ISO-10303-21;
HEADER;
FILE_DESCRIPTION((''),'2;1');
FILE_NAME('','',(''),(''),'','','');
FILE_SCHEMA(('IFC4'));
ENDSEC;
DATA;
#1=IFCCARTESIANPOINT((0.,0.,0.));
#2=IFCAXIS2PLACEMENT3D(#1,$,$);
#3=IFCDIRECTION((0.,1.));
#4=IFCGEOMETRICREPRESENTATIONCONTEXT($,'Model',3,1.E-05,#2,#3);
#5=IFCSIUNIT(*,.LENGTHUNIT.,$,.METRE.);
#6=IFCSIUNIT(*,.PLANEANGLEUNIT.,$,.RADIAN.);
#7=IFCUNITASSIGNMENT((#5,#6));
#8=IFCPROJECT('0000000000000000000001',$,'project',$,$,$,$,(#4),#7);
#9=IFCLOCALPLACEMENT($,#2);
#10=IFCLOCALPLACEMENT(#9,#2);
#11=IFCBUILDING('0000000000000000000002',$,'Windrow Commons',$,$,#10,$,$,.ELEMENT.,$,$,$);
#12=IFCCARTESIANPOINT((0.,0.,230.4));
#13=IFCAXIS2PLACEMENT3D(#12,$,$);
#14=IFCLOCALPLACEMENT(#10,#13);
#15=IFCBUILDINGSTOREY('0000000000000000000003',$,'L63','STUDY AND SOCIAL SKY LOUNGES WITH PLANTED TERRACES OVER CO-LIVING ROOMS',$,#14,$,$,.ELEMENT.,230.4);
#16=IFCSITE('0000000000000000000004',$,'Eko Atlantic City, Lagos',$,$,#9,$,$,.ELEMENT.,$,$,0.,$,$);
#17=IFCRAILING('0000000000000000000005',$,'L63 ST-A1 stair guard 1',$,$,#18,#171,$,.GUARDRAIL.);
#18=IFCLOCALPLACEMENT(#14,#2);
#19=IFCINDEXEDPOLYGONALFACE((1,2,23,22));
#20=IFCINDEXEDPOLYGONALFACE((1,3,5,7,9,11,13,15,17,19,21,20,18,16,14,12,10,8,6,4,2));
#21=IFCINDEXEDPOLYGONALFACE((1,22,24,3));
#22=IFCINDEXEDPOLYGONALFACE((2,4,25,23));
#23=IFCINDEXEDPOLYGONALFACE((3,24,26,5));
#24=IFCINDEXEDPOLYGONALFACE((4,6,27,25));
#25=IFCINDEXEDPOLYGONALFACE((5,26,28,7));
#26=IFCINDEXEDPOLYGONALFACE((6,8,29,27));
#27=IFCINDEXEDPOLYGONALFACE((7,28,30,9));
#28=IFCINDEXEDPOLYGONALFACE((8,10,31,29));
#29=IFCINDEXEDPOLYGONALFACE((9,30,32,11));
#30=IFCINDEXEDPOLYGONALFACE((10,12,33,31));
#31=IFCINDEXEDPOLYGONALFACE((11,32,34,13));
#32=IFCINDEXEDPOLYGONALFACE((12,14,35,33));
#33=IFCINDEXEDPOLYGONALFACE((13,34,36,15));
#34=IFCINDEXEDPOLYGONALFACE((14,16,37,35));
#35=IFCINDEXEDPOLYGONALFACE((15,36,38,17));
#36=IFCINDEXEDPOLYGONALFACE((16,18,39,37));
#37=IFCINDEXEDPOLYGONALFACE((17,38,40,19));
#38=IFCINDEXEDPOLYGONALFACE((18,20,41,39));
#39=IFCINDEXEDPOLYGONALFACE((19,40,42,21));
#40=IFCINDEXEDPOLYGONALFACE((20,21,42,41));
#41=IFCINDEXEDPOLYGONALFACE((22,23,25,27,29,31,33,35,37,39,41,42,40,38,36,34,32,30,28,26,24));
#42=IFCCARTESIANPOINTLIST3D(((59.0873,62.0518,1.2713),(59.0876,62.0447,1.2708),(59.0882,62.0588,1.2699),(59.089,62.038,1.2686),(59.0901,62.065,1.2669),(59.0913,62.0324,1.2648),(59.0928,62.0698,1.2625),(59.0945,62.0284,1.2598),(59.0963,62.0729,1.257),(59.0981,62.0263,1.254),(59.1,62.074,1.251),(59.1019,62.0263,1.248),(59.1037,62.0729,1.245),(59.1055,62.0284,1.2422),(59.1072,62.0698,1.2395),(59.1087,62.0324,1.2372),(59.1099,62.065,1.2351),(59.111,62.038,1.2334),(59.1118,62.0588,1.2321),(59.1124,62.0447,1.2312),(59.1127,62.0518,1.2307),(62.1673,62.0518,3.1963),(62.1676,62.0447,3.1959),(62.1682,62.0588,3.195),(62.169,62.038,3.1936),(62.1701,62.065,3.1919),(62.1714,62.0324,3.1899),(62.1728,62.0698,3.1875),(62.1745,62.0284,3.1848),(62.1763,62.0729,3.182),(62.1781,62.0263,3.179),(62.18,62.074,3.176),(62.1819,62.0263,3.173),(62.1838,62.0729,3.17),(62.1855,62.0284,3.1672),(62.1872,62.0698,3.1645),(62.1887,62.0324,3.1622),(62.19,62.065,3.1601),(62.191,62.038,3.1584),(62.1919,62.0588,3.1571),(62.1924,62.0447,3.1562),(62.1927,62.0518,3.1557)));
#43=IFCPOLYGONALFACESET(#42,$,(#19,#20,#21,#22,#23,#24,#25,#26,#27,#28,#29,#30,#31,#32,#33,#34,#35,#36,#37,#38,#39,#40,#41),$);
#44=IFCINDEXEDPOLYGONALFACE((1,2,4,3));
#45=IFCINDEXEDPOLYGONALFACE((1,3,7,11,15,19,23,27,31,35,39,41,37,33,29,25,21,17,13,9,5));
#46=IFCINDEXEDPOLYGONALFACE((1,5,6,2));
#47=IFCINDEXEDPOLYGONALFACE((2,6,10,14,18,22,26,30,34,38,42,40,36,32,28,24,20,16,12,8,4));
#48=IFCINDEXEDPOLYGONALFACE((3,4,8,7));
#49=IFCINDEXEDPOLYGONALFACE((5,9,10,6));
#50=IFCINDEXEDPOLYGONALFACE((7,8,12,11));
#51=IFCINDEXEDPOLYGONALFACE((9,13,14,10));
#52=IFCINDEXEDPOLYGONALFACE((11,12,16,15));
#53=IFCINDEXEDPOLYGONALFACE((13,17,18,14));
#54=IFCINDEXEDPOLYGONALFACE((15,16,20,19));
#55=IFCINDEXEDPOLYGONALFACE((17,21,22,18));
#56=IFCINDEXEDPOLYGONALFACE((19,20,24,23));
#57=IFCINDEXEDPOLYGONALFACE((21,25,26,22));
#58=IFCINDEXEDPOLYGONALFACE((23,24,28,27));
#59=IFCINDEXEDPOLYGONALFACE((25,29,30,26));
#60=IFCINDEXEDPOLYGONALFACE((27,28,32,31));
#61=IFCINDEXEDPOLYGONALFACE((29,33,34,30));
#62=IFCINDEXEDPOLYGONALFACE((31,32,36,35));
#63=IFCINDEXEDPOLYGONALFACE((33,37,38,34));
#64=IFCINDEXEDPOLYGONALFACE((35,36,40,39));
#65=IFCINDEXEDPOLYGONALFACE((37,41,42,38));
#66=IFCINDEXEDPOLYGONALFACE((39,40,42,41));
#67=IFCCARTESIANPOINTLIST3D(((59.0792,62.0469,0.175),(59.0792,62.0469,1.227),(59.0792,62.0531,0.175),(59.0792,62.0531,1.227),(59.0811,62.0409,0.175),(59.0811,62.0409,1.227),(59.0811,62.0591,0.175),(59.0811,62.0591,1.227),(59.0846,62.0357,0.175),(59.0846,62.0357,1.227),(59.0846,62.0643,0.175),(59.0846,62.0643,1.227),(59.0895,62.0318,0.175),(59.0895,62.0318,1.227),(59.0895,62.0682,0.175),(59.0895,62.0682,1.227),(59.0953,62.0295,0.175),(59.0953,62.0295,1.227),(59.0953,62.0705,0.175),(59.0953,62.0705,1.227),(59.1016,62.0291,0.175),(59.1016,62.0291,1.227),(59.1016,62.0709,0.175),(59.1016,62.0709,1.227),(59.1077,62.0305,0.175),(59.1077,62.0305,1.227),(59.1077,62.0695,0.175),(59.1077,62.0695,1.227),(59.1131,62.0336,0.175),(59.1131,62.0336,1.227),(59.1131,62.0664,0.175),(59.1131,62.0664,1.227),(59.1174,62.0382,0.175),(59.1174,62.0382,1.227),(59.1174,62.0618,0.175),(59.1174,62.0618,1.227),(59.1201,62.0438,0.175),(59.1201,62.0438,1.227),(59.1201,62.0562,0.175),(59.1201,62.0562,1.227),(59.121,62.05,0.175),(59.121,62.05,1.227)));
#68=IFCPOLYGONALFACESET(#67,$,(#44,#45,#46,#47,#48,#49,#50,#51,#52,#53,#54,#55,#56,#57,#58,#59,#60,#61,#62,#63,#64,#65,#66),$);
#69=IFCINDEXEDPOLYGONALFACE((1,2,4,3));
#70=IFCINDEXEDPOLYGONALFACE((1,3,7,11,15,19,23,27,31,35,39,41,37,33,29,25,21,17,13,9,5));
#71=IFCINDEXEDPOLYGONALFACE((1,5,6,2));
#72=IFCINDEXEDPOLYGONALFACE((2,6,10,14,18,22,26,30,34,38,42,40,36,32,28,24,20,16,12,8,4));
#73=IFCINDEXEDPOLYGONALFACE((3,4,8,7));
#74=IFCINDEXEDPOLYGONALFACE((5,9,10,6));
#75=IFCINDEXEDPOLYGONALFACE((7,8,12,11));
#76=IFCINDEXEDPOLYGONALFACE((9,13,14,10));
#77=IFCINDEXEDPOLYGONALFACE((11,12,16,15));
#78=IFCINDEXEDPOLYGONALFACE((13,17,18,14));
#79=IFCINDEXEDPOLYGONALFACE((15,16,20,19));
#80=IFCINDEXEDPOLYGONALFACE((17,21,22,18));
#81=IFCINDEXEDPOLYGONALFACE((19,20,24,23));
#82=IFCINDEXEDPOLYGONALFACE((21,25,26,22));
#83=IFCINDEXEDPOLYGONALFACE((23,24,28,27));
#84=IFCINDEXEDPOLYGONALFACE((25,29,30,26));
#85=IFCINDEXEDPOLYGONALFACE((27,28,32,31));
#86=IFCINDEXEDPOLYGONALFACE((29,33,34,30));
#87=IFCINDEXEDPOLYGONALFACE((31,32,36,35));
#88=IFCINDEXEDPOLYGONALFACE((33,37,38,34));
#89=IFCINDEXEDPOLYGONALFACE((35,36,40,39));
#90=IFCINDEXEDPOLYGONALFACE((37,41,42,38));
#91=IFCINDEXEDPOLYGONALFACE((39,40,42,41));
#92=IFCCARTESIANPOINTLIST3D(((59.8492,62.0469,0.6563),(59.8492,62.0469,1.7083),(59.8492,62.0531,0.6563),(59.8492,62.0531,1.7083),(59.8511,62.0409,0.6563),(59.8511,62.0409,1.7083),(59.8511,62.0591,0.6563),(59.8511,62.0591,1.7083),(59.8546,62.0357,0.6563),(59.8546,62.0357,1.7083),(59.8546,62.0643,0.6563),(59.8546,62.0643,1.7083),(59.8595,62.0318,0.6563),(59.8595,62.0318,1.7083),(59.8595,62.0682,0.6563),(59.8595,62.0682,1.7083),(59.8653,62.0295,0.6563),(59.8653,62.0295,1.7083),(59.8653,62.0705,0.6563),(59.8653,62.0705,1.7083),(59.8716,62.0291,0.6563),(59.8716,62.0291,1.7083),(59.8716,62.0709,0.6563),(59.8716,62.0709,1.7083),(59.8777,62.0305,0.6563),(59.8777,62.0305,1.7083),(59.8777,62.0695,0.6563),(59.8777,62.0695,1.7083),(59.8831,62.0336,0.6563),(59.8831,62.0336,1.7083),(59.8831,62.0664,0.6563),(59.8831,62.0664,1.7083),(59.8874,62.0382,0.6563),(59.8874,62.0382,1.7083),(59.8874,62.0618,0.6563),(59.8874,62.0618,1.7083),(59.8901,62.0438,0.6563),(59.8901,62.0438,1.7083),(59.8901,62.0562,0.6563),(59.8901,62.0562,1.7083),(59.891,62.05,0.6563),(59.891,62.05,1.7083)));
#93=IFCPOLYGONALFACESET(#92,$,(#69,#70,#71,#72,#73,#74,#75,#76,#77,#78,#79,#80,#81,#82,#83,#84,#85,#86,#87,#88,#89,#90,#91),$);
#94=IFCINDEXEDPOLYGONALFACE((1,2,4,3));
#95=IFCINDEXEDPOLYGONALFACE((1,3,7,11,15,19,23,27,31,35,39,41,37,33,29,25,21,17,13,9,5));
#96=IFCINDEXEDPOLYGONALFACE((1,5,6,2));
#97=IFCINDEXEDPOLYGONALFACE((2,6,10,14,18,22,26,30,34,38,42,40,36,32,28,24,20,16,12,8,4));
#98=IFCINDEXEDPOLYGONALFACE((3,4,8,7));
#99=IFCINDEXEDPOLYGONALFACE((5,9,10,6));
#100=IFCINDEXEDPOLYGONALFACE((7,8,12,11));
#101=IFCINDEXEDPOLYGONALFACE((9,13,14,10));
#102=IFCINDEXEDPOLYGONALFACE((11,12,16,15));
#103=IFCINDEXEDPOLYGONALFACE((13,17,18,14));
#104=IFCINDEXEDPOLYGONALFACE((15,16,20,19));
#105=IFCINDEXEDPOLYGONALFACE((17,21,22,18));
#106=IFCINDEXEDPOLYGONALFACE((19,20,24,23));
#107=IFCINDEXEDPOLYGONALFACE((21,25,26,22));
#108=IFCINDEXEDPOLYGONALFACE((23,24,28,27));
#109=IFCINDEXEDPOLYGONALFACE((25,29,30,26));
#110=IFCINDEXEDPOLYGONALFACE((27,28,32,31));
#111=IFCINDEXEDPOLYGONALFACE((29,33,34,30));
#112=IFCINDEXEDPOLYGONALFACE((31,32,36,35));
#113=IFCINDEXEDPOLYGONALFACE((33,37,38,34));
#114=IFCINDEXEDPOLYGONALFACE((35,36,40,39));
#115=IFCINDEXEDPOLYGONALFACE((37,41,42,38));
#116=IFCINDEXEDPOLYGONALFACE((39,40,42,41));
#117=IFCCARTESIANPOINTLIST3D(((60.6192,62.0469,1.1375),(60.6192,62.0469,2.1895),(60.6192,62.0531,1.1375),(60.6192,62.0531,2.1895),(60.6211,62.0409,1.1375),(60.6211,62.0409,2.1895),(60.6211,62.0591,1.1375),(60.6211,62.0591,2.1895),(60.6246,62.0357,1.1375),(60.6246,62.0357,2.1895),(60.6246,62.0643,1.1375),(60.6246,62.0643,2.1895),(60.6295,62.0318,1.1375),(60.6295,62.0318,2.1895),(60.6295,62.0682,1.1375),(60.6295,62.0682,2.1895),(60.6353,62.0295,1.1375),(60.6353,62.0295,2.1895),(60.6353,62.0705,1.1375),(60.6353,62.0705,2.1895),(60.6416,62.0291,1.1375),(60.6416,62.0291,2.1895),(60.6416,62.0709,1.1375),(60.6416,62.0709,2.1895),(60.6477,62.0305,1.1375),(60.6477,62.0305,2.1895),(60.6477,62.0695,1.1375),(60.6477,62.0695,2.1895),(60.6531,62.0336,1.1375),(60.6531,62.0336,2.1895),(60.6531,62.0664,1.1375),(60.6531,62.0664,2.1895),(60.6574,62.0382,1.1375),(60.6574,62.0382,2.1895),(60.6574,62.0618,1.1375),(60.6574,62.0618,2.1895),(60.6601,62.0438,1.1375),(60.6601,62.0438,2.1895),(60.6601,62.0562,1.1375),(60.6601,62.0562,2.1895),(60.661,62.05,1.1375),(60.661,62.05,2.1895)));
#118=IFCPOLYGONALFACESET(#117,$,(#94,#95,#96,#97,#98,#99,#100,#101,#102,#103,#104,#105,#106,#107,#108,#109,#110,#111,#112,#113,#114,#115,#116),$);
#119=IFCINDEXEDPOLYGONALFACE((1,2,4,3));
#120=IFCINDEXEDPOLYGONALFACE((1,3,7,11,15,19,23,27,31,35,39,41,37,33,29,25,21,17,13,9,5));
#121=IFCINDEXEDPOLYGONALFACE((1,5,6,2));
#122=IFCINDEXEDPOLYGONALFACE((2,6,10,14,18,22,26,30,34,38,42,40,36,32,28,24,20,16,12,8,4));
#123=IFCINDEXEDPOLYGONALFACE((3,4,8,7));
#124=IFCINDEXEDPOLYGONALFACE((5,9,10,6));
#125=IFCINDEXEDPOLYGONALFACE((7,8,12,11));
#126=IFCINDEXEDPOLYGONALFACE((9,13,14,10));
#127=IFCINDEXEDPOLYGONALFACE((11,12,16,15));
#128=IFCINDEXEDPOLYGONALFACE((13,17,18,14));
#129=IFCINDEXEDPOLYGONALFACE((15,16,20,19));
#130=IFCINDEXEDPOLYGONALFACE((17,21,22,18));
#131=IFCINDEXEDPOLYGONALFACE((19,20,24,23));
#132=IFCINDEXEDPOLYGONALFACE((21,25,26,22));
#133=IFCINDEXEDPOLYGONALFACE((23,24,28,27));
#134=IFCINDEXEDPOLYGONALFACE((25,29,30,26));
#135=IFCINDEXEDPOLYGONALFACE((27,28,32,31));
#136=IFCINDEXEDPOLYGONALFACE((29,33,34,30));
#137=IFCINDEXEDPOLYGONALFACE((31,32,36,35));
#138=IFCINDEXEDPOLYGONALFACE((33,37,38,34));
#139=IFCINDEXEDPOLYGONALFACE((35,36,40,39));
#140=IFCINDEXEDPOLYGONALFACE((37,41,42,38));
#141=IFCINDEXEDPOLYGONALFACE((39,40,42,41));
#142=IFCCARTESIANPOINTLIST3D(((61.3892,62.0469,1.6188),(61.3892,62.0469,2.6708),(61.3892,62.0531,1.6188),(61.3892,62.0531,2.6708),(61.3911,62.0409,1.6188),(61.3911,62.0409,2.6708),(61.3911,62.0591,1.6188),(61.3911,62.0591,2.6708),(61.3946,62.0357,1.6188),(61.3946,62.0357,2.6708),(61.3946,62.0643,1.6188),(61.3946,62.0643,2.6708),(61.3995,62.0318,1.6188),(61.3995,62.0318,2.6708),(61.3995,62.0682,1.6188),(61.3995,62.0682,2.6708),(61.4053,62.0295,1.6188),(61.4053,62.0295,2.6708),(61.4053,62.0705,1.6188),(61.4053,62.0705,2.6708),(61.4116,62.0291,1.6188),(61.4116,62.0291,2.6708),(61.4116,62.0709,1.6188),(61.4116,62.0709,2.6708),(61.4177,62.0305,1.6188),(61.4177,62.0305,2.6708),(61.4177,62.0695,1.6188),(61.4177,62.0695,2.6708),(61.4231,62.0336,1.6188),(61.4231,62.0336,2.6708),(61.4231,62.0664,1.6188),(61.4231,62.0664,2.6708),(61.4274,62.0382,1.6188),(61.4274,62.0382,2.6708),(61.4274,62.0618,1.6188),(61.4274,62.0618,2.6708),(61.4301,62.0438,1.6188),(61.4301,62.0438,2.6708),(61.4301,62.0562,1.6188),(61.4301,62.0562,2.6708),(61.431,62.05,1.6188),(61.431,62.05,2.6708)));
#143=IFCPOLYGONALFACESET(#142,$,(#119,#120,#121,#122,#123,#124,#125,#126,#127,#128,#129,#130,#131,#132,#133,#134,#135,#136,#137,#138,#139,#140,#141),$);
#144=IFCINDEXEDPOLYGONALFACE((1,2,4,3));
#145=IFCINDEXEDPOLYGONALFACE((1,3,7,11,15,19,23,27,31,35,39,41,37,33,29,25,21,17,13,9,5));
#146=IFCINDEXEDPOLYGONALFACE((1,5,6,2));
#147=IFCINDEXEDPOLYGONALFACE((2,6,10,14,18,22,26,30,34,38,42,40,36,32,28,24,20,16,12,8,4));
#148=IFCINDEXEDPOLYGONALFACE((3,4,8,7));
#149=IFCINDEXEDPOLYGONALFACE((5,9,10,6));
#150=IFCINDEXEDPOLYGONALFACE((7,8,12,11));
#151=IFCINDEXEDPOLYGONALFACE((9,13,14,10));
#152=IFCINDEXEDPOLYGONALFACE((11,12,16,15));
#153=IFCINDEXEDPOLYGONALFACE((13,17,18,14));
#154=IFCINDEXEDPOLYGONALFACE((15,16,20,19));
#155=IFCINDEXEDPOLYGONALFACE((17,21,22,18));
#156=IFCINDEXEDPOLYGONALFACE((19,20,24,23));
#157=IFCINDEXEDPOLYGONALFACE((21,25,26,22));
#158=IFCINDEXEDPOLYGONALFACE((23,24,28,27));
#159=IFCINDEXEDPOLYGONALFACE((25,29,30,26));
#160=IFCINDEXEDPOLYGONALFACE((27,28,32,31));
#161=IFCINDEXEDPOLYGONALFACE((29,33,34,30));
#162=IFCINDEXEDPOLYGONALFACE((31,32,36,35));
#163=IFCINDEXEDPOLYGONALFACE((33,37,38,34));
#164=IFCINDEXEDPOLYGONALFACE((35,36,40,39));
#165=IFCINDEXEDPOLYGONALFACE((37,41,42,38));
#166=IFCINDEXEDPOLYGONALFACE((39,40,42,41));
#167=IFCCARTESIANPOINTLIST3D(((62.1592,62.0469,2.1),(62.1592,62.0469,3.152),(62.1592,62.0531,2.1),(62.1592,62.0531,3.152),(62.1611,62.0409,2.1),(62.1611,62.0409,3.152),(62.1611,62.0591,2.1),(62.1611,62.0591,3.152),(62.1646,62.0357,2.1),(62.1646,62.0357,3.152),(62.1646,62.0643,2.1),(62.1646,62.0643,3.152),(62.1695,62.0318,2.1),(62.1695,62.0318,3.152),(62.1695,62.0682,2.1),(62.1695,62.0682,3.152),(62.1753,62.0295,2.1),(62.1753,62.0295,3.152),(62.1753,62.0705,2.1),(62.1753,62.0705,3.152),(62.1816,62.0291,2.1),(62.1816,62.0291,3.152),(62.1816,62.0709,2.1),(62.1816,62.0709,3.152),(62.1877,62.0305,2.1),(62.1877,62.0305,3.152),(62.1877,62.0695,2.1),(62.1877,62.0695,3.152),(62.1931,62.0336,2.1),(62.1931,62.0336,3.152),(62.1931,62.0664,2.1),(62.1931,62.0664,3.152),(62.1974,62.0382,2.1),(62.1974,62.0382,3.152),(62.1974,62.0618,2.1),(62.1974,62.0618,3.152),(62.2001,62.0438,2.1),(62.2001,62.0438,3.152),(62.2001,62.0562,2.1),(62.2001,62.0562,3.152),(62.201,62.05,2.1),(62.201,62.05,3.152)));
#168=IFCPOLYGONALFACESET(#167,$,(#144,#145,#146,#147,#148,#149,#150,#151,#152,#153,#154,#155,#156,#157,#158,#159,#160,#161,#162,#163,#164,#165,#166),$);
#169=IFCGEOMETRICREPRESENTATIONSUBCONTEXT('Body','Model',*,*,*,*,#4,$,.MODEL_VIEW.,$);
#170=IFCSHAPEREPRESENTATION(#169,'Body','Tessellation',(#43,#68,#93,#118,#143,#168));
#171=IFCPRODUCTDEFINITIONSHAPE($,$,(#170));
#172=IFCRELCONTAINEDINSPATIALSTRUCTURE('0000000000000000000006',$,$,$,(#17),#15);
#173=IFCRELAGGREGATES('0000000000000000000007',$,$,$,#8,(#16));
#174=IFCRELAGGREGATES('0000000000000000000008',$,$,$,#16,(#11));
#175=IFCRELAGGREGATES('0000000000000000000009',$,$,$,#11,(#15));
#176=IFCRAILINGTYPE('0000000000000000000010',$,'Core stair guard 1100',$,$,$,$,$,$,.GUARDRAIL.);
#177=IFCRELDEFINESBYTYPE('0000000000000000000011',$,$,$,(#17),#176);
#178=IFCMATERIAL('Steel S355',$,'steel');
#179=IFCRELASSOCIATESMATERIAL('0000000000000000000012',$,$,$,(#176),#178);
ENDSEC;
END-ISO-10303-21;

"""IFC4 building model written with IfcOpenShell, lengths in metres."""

from ifc_helpers import new_model, si_unit, direction, frame, origin, origin_2d, place, context, subcontext, project, spatial, circle, extrude, material, type_object, element, save


model = new_model("IFC4")

# Units and contexts
model_context = context("Model", 3, precision=1e-05, world=origin(), true_north=direction((0.0, 1.0)))
body_context = subcontext(model_context, "Body", "Model", "MODEL_VIEW")
ifc_project = project(units=[si_unit("LENGTHUNIT", "METRE"), si_unit("PLANEANGLEUNIT", "RADIAN")], contexts=[model_context])

# Site, building, storey
site_placement = place(None, origin())
site = spatial("IfcSite", under=ifc_project, at=site_placement, Name="Eko Atlantic City, Lagos", CompositionType="ELEMENT", RefElevation=0.0)
building_placement = place(site_placement, origin())
building = spatial("IfcBuilding", under=site, at=building_placement, Name="Windrow Commons", CompositionType="ELEMENT")
storey_placement = place(building_placement, frame((0.0, 0.0, 230.4)))
storey = spatial("IfcBuildingStorey", under=building, at=storey_placement, Name="L63", Description="STUDY AND SOCIAL SKY LOUNGES WITH PLANTED TERRACES OVER CO-LIVING ROOMS", CompositionType="ELEMENT", Elevation=230.4)

# Railing
ifc_material_1 = material(Name="Steel S355", Category="steel")
railing_type_1 = type_object("IfcRailingType", Name="Core stair guard 1100", PredefinedType="GUARDRAIL", material=ifc_material_1)
railing_1_placement = place(storey_placement, frame((59.1, 62.05, 0.175)))
element("IfcRailing", 1, at=railing_1_placement, inside=storey, type_object=railing_type_1, Name="L63 ST-A1 stair guard 1", PredefinedType="GUARDRAIL", context=body_context, shape_type="SweptSolid", body=[
    extrude(circle(Radius=0.024, at=origin_2d()), frame((0.0, 0.0, 1.076), z_axis=(0.847998, 0.0, 0.529999), x_axis=(0.0, 1.0, 0.0)), (0.0, 0.0, 1.0), 3.6321),
    extrude(circle(Radius=0.021, at=origin_2d()), origin(), (0.0, 0.0, 1.0), 1.052),
    extrude(circle(Radius=0.021, at=origin_2d()), frame((0.77, 0.0, 0.4813)), (0.0, 0.0, 1.0), 1.052),
    extrude(circle(Radius=0.021, at=origin_2d()), frame((1.54, 0.0, 0.9625)), (0.0, 0.0, 1.0), 1.052),
    extrude(circle(Radius=0.021, at=origin_2d()), frame((2.31, 0.0, 1.4438)), (0.0, 0.0, 1.0), 1.052),
    extrude(circle(Radius=0.021, at=origin_2d()), frame((3.08, 0.0, 1.925)), (0.0, 0.0, 1.0), 1.052),
])

save(model, "model.ifc")
